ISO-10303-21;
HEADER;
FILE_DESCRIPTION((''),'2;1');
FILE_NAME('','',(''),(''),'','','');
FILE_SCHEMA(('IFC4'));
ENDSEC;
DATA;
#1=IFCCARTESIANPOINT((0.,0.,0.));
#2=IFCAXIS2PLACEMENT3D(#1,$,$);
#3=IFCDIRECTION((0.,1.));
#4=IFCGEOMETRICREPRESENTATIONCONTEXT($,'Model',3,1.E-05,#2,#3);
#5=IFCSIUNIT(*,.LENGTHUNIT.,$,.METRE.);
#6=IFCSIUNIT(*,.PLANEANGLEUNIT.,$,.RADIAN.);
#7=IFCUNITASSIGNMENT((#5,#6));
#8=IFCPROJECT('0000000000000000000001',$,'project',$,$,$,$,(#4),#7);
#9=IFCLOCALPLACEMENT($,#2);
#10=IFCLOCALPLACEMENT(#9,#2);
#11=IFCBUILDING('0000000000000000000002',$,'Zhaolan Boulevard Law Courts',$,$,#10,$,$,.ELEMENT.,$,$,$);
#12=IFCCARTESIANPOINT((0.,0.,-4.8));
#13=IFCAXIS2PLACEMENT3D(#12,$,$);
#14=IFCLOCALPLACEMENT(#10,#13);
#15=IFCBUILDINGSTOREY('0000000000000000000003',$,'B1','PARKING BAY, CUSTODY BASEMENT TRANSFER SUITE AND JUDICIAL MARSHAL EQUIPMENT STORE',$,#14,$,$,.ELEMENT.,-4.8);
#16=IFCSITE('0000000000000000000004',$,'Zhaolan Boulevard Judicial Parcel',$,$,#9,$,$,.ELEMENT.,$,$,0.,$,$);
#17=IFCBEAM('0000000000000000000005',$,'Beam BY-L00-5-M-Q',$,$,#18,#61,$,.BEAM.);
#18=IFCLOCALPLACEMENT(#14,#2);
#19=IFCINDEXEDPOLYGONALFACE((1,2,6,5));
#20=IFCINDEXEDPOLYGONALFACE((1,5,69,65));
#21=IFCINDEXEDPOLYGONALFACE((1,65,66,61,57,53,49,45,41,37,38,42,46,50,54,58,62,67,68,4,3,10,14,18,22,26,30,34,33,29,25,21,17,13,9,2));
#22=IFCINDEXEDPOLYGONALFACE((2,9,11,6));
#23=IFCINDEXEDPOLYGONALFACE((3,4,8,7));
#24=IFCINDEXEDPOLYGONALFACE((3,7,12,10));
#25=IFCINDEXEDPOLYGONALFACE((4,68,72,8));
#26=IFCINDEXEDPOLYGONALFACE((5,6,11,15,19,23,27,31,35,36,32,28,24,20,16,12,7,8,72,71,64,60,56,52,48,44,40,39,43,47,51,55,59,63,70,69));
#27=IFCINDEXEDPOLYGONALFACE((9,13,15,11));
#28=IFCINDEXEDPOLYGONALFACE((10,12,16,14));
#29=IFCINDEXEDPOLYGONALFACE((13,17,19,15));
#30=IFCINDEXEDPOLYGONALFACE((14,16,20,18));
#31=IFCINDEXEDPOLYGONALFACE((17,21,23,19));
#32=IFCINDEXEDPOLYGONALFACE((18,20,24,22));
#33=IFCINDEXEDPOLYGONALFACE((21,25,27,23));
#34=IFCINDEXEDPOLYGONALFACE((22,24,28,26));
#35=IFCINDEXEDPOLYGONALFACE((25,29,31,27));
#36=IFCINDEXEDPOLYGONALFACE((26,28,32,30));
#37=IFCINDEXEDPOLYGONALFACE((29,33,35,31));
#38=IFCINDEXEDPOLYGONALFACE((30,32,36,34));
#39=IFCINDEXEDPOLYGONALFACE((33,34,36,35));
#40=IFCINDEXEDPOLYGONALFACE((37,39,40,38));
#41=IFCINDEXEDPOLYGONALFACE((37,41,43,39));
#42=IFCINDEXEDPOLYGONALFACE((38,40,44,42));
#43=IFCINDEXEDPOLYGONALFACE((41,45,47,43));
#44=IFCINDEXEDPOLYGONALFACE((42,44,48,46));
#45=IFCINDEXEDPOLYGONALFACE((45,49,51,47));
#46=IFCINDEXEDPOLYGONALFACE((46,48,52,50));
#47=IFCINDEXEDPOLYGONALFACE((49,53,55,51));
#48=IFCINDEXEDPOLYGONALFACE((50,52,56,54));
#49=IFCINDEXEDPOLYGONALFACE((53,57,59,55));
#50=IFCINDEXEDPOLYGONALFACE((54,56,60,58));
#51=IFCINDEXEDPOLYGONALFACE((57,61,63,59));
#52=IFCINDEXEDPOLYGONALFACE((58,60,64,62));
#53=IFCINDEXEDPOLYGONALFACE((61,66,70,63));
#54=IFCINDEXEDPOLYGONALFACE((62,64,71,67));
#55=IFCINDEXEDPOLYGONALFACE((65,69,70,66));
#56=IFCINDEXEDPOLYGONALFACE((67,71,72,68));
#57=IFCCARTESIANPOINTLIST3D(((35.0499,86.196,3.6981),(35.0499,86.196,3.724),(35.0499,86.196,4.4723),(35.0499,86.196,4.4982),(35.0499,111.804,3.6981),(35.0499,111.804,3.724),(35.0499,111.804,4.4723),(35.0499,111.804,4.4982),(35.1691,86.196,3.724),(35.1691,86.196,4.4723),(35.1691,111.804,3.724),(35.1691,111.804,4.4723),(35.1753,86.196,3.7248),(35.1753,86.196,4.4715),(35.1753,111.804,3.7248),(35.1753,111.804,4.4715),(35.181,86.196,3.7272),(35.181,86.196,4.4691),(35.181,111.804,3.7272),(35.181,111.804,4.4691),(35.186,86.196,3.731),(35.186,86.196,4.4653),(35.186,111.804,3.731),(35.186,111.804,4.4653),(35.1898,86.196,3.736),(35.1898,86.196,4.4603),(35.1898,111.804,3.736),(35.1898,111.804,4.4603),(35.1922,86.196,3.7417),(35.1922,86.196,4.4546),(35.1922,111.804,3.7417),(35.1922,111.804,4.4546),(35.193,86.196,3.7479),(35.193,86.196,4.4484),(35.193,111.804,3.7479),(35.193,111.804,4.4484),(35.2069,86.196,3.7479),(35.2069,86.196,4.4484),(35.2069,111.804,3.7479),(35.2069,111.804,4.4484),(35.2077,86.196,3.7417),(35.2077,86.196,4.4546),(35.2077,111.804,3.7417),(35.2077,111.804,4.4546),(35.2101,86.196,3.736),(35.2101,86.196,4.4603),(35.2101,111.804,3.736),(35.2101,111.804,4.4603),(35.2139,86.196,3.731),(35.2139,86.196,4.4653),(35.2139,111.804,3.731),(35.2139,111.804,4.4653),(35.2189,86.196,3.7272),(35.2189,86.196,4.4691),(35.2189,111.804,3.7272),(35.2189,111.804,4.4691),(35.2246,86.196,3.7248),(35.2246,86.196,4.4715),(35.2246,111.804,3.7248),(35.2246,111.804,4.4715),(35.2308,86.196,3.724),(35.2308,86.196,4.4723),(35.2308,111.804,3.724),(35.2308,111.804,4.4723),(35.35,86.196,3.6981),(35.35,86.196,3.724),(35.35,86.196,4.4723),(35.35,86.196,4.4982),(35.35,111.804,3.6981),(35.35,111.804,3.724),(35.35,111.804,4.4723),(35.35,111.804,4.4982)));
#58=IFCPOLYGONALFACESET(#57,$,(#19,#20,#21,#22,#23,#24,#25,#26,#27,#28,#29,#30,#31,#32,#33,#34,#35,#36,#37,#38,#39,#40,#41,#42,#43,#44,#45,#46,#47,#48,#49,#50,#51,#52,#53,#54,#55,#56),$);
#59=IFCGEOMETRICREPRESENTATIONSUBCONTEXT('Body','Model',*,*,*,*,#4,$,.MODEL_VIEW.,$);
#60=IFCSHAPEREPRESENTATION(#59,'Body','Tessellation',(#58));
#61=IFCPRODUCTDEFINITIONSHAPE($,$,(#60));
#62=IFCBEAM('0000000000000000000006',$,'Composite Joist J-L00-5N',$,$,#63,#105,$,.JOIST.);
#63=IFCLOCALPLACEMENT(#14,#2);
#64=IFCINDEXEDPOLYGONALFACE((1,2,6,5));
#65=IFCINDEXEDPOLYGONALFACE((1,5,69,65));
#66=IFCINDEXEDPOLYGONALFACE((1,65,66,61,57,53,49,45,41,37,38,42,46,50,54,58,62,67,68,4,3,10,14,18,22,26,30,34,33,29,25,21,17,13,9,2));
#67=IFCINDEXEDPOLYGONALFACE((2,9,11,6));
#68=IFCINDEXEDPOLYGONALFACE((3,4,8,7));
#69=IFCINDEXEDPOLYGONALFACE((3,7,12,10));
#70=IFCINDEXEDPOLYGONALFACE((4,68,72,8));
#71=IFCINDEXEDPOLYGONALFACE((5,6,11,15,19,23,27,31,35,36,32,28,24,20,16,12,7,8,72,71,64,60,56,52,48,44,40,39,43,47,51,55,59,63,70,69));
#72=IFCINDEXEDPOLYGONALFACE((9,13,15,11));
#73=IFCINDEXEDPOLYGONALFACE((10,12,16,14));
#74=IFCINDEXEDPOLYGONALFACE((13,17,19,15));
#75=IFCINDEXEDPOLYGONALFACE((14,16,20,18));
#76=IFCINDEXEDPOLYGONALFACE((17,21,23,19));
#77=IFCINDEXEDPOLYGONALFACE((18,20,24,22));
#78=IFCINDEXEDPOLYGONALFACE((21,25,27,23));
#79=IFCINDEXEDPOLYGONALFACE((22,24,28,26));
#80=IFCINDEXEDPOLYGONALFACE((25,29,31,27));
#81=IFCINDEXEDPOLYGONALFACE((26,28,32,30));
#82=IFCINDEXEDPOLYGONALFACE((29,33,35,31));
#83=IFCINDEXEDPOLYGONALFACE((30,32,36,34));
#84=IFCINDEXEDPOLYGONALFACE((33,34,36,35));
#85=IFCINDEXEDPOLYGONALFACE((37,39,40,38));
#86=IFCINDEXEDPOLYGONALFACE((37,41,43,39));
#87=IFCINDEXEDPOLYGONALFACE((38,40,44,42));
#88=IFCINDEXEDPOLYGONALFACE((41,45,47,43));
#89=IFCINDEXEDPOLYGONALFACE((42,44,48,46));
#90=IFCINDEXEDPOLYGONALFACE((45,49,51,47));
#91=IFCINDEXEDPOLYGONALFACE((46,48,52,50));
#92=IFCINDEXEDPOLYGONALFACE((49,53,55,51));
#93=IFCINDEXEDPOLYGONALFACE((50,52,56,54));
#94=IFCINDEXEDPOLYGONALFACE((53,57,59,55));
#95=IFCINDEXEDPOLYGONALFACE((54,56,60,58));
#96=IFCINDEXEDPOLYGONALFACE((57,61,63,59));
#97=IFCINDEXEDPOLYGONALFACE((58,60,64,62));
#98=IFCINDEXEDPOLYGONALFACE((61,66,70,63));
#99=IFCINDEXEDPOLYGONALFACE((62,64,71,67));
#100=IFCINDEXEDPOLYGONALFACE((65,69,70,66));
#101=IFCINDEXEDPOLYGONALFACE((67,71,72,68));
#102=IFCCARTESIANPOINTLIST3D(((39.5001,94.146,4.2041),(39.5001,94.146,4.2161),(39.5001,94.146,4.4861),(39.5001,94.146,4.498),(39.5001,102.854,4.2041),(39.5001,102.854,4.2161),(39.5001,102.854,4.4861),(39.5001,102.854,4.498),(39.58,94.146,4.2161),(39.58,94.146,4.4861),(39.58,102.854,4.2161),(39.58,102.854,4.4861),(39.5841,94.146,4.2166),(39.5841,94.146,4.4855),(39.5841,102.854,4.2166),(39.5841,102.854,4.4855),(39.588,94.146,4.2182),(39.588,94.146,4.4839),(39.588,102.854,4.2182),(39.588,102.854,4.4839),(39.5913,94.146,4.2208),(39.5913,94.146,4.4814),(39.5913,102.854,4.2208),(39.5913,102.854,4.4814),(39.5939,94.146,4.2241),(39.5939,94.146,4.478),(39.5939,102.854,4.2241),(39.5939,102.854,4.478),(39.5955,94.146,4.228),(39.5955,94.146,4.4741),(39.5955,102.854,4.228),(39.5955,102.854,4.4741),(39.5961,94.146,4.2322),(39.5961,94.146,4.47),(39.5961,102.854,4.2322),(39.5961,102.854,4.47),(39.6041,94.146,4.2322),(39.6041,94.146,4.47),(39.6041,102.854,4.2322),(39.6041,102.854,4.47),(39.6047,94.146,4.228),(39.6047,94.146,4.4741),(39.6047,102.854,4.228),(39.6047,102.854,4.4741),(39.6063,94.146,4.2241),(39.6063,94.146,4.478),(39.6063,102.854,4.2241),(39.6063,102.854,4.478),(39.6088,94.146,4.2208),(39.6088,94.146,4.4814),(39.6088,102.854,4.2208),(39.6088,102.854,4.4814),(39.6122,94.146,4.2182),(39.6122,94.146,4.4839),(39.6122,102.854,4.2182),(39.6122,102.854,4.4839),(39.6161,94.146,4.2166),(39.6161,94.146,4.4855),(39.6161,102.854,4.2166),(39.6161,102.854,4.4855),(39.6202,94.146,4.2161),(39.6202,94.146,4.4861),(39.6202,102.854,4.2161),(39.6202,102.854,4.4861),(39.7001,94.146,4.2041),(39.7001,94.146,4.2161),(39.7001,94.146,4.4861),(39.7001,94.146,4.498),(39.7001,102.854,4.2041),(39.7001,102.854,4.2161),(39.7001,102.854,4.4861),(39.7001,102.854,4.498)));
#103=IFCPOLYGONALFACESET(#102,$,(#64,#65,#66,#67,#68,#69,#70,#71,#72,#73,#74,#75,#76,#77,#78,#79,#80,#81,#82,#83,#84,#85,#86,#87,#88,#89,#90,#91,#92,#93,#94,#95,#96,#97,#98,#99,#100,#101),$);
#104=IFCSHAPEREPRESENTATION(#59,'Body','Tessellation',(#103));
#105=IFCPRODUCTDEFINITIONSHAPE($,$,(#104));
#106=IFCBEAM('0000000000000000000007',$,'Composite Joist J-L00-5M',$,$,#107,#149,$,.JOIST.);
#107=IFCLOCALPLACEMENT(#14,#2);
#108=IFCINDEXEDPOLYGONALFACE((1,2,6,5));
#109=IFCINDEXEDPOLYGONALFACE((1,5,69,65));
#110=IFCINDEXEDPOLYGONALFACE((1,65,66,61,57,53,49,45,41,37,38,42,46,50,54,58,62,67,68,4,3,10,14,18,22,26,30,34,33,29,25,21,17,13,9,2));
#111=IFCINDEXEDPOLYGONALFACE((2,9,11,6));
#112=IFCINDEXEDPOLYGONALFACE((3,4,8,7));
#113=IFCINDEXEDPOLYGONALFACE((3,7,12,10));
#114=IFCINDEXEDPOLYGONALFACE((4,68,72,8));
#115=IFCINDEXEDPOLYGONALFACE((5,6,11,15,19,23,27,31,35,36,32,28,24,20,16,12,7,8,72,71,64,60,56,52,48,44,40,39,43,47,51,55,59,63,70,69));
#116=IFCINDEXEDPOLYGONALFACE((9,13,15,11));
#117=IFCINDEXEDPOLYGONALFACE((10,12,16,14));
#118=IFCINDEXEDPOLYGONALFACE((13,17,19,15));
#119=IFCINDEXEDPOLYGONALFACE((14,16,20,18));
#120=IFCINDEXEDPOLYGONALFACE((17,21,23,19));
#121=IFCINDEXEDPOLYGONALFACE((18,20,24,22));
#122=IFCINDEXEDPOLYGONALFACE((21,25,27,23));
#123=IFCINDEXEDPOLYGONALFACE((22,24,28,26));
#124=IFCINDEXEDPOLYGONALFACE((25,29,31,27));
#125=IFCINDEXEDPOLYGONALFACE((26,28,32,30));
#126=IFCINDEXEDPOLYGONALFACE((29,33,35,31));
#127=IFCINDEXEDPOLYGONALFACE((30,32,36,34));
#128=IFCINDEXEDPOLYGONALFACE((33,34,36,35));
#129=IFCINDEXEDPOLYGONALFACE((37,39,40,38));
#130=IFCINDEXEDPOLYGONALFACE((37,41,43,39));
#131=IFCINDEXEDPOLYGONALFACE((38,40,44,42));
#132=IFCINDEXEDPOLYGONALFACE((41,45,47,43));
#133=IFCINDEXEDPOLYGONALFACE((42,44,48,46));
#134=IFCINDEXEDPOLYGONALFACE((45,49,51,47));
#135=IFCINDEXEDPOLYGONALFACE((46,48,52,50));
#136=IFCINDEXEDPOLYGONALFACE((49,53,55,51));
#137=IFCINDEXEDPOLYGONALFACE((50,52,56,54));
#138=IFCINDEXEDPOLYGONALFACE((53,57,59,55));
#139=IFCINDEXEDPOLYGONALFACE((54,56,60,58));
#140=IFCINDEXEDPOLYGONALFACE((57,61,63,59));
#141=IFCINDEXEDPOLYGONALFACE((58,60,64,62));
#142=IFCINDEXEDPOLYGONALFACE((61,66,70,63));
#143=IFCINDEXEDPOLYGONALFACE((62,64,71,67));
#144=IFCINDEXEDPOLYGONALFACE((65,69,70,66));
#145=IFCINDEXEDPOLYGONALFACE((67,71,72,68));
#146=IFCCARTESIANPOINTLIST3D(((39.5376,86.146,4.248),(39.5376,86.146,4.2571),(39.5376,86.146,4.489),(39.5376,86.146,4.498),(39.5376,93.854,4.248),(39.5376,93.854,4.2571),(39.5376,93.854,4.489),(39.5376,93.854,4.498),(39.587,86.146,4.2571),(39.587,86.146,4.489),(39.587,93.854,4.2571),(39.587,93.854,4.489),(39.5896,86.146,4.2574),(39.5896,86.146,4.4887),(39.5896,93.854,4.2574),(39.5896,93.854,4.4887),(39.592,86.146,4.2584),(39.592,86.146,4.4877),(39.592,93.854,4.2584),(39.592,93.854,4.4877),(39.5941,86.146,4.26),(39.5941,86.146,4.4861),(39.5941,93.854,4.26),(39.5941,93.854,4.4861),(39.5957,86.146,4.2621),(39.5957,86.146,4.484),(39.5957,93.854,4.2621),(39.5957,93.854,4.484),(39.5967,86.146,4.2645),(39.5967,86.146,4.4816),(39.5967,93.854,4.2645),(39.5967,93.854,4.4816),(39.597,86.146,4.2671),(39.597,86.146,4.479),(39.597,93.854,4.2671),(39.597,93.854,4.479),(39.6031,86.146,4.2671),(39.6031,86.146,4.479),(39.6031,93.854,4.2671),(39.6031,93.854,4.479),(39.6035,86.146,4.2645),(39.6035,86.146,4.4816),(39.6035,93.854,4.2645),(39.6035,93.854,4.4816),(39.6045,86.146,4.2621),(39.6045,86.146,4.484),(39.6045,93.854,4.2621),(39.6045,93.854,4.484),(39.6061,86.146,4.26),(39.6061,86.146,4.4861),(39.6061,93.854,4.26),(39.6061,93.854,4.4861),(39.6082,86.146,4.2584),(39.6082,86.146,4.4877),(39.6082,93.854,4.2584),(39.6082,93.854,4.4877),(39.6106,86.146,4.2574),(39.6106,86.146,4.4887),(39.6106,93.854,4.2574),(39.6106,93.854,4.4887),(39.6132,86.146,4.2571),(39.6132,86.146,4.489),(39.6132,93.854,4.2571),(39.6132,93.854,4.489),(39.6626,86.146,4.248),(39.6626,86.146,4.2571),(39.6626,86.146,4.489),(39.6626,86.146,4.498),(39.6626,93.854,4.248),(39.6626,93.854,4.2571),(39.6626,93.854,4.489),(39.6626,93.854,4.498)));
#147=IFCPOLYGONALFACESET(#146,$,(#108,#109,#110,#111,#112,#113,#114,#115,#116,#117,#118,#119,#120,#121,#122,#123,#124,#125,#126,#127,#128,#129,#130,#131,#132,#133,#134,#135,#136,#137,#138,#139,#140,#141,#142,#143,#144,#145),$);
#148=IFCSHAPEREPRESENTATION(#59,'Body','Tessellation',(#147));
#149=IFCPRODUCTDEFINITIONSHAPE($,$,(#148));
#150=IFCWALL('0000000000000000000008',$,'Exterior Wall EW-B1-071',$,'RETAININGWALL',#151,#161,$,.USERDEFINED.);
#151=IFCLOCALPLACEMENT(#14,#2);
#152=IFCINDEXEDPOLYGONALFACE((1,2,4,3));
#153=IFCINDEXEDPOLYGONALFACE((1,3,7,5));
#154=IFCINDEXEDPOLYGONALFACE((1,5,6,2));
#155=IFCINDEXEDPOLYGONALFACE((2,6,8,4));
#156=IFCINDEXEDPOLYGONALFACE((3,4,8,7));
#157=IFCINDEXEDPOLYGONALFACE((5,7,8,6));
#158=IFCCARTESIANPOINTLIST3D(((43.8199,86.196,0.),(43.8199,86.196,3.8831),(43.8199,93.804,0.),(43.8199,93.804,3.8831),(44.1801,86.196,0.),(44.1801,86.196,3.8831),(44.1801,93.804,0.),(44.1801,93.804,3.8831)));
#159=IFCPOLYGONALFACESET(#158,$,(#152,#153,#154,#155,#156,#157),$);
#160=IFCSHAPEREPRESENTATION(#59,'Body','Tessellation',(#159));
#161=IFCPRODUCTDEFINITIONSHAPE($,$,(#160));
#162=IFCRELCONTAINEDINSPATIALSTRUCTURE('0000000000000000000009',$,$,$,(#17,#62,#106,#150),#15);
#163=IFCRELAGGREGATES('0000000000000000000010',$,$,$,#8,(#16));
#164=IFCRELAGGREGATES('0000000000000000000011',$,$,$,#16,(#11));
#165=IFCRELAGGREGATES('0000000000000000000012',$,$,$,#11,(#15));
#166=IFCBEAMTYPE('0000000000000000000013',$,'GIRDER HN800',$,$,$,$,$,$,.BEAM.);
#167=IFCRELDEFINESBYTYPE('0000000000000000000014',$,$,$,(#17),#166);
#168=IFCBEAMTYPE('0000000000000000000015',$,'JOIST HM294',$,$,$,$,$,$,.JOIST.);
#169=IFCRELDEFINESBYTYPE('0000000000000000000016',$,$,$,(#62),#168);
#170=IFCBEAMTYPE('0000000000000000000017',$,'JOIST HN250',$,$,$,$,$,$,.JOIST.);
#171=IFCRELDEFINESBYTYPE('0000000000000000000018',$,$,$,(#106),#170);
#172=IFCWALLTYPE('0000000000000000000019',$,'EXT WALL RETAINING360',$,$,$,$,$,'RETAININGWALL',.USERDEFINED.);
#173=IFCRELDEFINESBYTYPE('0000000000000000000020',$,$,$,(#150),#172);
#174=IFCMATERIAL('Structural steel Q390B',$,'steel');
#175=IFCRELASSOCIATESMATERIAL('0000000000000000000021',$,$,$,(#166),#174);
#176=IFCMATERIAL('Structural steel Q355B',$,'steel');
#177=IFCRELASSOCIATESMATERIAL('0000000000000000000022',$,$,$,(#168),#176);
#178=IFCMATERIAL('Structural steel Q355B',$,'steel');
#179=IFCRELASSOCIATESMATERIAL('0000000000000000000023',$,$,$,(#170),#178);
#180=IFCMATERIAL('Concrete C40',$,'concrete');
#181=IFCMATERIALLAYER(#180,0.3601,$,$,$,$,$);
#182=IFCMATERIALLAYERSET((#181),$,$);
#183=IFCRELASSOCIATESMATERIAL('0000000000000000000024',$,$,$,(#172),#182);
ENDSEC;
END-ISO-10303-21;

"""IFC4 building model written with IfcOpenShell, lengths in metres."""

from ifc_helpers import new_model, si_unit, direction, frame, frame_2d, origin, origin_2d, place, context, subcontext, project, spatial, rectangle, i_section, extrude, material, layer, layer_set, material_profile, profile_set, type_object, element, save


model = new_model("IFC4")

# Units and contexts
model_context = context("Model", 3, precision=1e-05, world=origin(), true_north=direction((0.0, 1.0)))
body_context = subcontext(model_context, "Body", "Model", "MODEL_VIEW")
ifc_project = project(units=[si_unit("LENGTHUNIT", "METRE"), si_unit("PLANEANGLEUNIT", "RADIAN")], contexts=[model_context])

# Site, building, storey
site_placement = place(None, origin())
site = spatial("IfcSite", under=ifc_project, at=site_placement, Name="Zhaolan Boulevard Judicial Parcel", CompositionType="ELEMENT", RefElevation=0.0)
building_placement = place(site_placement, origin())
building = spatial("IfcBuilding", under=site, at=building_placement, Name="Zhaolan Boulevard Law Courts", CompositionType="ELEMENT")
storey_placement = place(building_placement, frame((0.0, 0.0, -4.8)))
storey = spatial("IfcBuildingStorey", under=building, at=storey_placement, Name="B1", Description="PARKING BAY, CUSTODY BASEMENT TRANSFER SUITE AND JUDICIAL MARSHAL EQUIPMENT STORE", CompositionType="ELEMENT", Elevation=-4.8)

# Beams
ifc_material_1 = material(Name="Structural steel Q390B", Category="steel")
ifc_material_profile_1 = material_profile(ifc_material_1, i_section(OverallWidth=0.3, OverallDepth=0.8, WebThickness=0.0139, FlangeThickness=0.0259, FilletRadius=0.0239, at=origin_2d()), Name="HN800x300")
ifc_profile_set_1 = profile_set([ifc_material_profile_1], Name="Structural steel Q390B")
beam_type_1 = type_object("IfcBeamType", Name="GIRDER HN800", PredefinedType="BEAM", material=ifc_profile_set_1)
beam_1_placement = place(storey_placement, frame((35.2, 86.196, 4.0981), z_axis=(0.0, 1.0, 0.0), x_axis=(-1.0, 0.0, 0.0)))
element("IfcBeam", 1, at=beam_1_placement, inside=storey, type_object=beam_type_1, Name="Beam BY-L00-5-M-Q", PredefinedType="BEAM", context=body_context, shape_type="SweptSolid", body=[
    extrude(i_section(OverallWidth=0.3, OverallDepth=0.8, WebThickness=0.0139, FlangeThickness=0.0259, FilletRadius=0.0239, at=origin_2d()), origin(), (0.0, 0.0, 1.0), 25.6079),
])
ifc_material_2 = material(Name="Structural steel Q355B", Category="steel")
ifc_material_profile_2 = material_profile(ifc_material_2, i_section(OverallWidth=0.2, OverallDepth=0.2939, WebThickness=0.0081, FlangeThickness=0.012, FilletRadius=0.0161, at=origin_2d()), Name="HM294x200")
ifc_profile_set_2 = profile_set([ifc_material_profile_2], Name="Structural steel Q355B")
beam_type_2 = type_object("IfcBeamType", Name="JOIST HM294", PredefinedType="JOIST", material=ifc_profile_set_2)
beam_2_placement = place(storey_placement, frame((39.6001, 94.146, 4.3511), z_axis=(0.0, 1.0, 0.0), x_axis=(-1.0, 0.0, 0.0)))
element("IfcBeam", 2, at=beam_2_placement, inside=storey, type_object=beam_type_2, Name="Composite Joist J-L00-5N", PredefinedType="JOIST", context=body_context, shape_type="SweptSolid", body=[
    extrude(i_section(OverallWidth=0.2, OverallDepth=0.2939, WebThickness=0.0081, FlangeThickness=0.012, FilletRadius=0.0161, at=origin_2d()), origin(), (0.0, 0.0, 1.0), 8.708),
])
ifc_material_3 = material(Name="Structural steel Q355B", Category="steel")
ifc_material_profile_3 = material_profile(ifc_material_3, i_section(OverallWidth=0.125, OverallDepth=0.25, WebThickness=0.0061, FlangeThickness=0.009, FilletRadius=0.01, at=origin_2d()), Name="HN250x125")
ifc_profile_set_3 = profile_set([ifc_material_profile_3], Name="Structural steel Q355B")
beam_type_3 = type_object("IfcBeamType", Name="JOIST HN250", PredefinedType="JOIST", material=ifc_profile_set_3)
beam_3_placement = place(storey_placement, frame((39.6001, 86.146, 4.373), z_axis=(0.0, 1.0, 0.0), x_axis=(-1.0, 0.0, 0.0)))
element("IfcBeam", 3, at=beam_3_placement, inside=storey, type_object=beam_type_3, Name="Composite Joist J-L00-5M", PredefinedType="JOIST", context=body_context, shape_type="SweptSolid", body=[
    extrude(i_section(OverallWidth=0.125, OverallDepth=0.25, WebThickness=0.0061, FlangeThickness=0.009, FilletRadius=0.01, at=origin_2d()), origin(), (0.0, 0.0, 1.0), 7.708),
])

# Wall
ifc_material_4 = material(Name="Concrete C40", Category="concrete")
ifc_layer = layer(ifc_material_4, 0.3601)
ifc_layer_set = layer_set([ifc_layer])
wall_type = type_object("IfcWallType", Name="EXT WALL RETAINING360", ElementType="RETAININGWALL", PredefinedType="USERDEFINED", material=ifc_layer_set)
wall_placement = place(storey_placement, frame((44.0, 86.196, 0.0), z_axis=(0.0, 0.0, 1.0), x_axis=(0.0, 1.0, 0.0)))
element("IfcWall", 4, at=wall_placement, inside=storey, type_object=wall_type, Name="Exterior Wall EW-B1-071", ObjectType="RETAININGWALL", PredefinedType="USERDEFINED", context=body_context, shape_type="SweptSolid", body=[
    extrude(rectangle(XDim=7.6079, YDim=0.3601, at=frame_2d((3.804, 0.0))), origin(), (0.0, 0.0, 1.0), 3.8831),
])

save(model, "model.ifc")
